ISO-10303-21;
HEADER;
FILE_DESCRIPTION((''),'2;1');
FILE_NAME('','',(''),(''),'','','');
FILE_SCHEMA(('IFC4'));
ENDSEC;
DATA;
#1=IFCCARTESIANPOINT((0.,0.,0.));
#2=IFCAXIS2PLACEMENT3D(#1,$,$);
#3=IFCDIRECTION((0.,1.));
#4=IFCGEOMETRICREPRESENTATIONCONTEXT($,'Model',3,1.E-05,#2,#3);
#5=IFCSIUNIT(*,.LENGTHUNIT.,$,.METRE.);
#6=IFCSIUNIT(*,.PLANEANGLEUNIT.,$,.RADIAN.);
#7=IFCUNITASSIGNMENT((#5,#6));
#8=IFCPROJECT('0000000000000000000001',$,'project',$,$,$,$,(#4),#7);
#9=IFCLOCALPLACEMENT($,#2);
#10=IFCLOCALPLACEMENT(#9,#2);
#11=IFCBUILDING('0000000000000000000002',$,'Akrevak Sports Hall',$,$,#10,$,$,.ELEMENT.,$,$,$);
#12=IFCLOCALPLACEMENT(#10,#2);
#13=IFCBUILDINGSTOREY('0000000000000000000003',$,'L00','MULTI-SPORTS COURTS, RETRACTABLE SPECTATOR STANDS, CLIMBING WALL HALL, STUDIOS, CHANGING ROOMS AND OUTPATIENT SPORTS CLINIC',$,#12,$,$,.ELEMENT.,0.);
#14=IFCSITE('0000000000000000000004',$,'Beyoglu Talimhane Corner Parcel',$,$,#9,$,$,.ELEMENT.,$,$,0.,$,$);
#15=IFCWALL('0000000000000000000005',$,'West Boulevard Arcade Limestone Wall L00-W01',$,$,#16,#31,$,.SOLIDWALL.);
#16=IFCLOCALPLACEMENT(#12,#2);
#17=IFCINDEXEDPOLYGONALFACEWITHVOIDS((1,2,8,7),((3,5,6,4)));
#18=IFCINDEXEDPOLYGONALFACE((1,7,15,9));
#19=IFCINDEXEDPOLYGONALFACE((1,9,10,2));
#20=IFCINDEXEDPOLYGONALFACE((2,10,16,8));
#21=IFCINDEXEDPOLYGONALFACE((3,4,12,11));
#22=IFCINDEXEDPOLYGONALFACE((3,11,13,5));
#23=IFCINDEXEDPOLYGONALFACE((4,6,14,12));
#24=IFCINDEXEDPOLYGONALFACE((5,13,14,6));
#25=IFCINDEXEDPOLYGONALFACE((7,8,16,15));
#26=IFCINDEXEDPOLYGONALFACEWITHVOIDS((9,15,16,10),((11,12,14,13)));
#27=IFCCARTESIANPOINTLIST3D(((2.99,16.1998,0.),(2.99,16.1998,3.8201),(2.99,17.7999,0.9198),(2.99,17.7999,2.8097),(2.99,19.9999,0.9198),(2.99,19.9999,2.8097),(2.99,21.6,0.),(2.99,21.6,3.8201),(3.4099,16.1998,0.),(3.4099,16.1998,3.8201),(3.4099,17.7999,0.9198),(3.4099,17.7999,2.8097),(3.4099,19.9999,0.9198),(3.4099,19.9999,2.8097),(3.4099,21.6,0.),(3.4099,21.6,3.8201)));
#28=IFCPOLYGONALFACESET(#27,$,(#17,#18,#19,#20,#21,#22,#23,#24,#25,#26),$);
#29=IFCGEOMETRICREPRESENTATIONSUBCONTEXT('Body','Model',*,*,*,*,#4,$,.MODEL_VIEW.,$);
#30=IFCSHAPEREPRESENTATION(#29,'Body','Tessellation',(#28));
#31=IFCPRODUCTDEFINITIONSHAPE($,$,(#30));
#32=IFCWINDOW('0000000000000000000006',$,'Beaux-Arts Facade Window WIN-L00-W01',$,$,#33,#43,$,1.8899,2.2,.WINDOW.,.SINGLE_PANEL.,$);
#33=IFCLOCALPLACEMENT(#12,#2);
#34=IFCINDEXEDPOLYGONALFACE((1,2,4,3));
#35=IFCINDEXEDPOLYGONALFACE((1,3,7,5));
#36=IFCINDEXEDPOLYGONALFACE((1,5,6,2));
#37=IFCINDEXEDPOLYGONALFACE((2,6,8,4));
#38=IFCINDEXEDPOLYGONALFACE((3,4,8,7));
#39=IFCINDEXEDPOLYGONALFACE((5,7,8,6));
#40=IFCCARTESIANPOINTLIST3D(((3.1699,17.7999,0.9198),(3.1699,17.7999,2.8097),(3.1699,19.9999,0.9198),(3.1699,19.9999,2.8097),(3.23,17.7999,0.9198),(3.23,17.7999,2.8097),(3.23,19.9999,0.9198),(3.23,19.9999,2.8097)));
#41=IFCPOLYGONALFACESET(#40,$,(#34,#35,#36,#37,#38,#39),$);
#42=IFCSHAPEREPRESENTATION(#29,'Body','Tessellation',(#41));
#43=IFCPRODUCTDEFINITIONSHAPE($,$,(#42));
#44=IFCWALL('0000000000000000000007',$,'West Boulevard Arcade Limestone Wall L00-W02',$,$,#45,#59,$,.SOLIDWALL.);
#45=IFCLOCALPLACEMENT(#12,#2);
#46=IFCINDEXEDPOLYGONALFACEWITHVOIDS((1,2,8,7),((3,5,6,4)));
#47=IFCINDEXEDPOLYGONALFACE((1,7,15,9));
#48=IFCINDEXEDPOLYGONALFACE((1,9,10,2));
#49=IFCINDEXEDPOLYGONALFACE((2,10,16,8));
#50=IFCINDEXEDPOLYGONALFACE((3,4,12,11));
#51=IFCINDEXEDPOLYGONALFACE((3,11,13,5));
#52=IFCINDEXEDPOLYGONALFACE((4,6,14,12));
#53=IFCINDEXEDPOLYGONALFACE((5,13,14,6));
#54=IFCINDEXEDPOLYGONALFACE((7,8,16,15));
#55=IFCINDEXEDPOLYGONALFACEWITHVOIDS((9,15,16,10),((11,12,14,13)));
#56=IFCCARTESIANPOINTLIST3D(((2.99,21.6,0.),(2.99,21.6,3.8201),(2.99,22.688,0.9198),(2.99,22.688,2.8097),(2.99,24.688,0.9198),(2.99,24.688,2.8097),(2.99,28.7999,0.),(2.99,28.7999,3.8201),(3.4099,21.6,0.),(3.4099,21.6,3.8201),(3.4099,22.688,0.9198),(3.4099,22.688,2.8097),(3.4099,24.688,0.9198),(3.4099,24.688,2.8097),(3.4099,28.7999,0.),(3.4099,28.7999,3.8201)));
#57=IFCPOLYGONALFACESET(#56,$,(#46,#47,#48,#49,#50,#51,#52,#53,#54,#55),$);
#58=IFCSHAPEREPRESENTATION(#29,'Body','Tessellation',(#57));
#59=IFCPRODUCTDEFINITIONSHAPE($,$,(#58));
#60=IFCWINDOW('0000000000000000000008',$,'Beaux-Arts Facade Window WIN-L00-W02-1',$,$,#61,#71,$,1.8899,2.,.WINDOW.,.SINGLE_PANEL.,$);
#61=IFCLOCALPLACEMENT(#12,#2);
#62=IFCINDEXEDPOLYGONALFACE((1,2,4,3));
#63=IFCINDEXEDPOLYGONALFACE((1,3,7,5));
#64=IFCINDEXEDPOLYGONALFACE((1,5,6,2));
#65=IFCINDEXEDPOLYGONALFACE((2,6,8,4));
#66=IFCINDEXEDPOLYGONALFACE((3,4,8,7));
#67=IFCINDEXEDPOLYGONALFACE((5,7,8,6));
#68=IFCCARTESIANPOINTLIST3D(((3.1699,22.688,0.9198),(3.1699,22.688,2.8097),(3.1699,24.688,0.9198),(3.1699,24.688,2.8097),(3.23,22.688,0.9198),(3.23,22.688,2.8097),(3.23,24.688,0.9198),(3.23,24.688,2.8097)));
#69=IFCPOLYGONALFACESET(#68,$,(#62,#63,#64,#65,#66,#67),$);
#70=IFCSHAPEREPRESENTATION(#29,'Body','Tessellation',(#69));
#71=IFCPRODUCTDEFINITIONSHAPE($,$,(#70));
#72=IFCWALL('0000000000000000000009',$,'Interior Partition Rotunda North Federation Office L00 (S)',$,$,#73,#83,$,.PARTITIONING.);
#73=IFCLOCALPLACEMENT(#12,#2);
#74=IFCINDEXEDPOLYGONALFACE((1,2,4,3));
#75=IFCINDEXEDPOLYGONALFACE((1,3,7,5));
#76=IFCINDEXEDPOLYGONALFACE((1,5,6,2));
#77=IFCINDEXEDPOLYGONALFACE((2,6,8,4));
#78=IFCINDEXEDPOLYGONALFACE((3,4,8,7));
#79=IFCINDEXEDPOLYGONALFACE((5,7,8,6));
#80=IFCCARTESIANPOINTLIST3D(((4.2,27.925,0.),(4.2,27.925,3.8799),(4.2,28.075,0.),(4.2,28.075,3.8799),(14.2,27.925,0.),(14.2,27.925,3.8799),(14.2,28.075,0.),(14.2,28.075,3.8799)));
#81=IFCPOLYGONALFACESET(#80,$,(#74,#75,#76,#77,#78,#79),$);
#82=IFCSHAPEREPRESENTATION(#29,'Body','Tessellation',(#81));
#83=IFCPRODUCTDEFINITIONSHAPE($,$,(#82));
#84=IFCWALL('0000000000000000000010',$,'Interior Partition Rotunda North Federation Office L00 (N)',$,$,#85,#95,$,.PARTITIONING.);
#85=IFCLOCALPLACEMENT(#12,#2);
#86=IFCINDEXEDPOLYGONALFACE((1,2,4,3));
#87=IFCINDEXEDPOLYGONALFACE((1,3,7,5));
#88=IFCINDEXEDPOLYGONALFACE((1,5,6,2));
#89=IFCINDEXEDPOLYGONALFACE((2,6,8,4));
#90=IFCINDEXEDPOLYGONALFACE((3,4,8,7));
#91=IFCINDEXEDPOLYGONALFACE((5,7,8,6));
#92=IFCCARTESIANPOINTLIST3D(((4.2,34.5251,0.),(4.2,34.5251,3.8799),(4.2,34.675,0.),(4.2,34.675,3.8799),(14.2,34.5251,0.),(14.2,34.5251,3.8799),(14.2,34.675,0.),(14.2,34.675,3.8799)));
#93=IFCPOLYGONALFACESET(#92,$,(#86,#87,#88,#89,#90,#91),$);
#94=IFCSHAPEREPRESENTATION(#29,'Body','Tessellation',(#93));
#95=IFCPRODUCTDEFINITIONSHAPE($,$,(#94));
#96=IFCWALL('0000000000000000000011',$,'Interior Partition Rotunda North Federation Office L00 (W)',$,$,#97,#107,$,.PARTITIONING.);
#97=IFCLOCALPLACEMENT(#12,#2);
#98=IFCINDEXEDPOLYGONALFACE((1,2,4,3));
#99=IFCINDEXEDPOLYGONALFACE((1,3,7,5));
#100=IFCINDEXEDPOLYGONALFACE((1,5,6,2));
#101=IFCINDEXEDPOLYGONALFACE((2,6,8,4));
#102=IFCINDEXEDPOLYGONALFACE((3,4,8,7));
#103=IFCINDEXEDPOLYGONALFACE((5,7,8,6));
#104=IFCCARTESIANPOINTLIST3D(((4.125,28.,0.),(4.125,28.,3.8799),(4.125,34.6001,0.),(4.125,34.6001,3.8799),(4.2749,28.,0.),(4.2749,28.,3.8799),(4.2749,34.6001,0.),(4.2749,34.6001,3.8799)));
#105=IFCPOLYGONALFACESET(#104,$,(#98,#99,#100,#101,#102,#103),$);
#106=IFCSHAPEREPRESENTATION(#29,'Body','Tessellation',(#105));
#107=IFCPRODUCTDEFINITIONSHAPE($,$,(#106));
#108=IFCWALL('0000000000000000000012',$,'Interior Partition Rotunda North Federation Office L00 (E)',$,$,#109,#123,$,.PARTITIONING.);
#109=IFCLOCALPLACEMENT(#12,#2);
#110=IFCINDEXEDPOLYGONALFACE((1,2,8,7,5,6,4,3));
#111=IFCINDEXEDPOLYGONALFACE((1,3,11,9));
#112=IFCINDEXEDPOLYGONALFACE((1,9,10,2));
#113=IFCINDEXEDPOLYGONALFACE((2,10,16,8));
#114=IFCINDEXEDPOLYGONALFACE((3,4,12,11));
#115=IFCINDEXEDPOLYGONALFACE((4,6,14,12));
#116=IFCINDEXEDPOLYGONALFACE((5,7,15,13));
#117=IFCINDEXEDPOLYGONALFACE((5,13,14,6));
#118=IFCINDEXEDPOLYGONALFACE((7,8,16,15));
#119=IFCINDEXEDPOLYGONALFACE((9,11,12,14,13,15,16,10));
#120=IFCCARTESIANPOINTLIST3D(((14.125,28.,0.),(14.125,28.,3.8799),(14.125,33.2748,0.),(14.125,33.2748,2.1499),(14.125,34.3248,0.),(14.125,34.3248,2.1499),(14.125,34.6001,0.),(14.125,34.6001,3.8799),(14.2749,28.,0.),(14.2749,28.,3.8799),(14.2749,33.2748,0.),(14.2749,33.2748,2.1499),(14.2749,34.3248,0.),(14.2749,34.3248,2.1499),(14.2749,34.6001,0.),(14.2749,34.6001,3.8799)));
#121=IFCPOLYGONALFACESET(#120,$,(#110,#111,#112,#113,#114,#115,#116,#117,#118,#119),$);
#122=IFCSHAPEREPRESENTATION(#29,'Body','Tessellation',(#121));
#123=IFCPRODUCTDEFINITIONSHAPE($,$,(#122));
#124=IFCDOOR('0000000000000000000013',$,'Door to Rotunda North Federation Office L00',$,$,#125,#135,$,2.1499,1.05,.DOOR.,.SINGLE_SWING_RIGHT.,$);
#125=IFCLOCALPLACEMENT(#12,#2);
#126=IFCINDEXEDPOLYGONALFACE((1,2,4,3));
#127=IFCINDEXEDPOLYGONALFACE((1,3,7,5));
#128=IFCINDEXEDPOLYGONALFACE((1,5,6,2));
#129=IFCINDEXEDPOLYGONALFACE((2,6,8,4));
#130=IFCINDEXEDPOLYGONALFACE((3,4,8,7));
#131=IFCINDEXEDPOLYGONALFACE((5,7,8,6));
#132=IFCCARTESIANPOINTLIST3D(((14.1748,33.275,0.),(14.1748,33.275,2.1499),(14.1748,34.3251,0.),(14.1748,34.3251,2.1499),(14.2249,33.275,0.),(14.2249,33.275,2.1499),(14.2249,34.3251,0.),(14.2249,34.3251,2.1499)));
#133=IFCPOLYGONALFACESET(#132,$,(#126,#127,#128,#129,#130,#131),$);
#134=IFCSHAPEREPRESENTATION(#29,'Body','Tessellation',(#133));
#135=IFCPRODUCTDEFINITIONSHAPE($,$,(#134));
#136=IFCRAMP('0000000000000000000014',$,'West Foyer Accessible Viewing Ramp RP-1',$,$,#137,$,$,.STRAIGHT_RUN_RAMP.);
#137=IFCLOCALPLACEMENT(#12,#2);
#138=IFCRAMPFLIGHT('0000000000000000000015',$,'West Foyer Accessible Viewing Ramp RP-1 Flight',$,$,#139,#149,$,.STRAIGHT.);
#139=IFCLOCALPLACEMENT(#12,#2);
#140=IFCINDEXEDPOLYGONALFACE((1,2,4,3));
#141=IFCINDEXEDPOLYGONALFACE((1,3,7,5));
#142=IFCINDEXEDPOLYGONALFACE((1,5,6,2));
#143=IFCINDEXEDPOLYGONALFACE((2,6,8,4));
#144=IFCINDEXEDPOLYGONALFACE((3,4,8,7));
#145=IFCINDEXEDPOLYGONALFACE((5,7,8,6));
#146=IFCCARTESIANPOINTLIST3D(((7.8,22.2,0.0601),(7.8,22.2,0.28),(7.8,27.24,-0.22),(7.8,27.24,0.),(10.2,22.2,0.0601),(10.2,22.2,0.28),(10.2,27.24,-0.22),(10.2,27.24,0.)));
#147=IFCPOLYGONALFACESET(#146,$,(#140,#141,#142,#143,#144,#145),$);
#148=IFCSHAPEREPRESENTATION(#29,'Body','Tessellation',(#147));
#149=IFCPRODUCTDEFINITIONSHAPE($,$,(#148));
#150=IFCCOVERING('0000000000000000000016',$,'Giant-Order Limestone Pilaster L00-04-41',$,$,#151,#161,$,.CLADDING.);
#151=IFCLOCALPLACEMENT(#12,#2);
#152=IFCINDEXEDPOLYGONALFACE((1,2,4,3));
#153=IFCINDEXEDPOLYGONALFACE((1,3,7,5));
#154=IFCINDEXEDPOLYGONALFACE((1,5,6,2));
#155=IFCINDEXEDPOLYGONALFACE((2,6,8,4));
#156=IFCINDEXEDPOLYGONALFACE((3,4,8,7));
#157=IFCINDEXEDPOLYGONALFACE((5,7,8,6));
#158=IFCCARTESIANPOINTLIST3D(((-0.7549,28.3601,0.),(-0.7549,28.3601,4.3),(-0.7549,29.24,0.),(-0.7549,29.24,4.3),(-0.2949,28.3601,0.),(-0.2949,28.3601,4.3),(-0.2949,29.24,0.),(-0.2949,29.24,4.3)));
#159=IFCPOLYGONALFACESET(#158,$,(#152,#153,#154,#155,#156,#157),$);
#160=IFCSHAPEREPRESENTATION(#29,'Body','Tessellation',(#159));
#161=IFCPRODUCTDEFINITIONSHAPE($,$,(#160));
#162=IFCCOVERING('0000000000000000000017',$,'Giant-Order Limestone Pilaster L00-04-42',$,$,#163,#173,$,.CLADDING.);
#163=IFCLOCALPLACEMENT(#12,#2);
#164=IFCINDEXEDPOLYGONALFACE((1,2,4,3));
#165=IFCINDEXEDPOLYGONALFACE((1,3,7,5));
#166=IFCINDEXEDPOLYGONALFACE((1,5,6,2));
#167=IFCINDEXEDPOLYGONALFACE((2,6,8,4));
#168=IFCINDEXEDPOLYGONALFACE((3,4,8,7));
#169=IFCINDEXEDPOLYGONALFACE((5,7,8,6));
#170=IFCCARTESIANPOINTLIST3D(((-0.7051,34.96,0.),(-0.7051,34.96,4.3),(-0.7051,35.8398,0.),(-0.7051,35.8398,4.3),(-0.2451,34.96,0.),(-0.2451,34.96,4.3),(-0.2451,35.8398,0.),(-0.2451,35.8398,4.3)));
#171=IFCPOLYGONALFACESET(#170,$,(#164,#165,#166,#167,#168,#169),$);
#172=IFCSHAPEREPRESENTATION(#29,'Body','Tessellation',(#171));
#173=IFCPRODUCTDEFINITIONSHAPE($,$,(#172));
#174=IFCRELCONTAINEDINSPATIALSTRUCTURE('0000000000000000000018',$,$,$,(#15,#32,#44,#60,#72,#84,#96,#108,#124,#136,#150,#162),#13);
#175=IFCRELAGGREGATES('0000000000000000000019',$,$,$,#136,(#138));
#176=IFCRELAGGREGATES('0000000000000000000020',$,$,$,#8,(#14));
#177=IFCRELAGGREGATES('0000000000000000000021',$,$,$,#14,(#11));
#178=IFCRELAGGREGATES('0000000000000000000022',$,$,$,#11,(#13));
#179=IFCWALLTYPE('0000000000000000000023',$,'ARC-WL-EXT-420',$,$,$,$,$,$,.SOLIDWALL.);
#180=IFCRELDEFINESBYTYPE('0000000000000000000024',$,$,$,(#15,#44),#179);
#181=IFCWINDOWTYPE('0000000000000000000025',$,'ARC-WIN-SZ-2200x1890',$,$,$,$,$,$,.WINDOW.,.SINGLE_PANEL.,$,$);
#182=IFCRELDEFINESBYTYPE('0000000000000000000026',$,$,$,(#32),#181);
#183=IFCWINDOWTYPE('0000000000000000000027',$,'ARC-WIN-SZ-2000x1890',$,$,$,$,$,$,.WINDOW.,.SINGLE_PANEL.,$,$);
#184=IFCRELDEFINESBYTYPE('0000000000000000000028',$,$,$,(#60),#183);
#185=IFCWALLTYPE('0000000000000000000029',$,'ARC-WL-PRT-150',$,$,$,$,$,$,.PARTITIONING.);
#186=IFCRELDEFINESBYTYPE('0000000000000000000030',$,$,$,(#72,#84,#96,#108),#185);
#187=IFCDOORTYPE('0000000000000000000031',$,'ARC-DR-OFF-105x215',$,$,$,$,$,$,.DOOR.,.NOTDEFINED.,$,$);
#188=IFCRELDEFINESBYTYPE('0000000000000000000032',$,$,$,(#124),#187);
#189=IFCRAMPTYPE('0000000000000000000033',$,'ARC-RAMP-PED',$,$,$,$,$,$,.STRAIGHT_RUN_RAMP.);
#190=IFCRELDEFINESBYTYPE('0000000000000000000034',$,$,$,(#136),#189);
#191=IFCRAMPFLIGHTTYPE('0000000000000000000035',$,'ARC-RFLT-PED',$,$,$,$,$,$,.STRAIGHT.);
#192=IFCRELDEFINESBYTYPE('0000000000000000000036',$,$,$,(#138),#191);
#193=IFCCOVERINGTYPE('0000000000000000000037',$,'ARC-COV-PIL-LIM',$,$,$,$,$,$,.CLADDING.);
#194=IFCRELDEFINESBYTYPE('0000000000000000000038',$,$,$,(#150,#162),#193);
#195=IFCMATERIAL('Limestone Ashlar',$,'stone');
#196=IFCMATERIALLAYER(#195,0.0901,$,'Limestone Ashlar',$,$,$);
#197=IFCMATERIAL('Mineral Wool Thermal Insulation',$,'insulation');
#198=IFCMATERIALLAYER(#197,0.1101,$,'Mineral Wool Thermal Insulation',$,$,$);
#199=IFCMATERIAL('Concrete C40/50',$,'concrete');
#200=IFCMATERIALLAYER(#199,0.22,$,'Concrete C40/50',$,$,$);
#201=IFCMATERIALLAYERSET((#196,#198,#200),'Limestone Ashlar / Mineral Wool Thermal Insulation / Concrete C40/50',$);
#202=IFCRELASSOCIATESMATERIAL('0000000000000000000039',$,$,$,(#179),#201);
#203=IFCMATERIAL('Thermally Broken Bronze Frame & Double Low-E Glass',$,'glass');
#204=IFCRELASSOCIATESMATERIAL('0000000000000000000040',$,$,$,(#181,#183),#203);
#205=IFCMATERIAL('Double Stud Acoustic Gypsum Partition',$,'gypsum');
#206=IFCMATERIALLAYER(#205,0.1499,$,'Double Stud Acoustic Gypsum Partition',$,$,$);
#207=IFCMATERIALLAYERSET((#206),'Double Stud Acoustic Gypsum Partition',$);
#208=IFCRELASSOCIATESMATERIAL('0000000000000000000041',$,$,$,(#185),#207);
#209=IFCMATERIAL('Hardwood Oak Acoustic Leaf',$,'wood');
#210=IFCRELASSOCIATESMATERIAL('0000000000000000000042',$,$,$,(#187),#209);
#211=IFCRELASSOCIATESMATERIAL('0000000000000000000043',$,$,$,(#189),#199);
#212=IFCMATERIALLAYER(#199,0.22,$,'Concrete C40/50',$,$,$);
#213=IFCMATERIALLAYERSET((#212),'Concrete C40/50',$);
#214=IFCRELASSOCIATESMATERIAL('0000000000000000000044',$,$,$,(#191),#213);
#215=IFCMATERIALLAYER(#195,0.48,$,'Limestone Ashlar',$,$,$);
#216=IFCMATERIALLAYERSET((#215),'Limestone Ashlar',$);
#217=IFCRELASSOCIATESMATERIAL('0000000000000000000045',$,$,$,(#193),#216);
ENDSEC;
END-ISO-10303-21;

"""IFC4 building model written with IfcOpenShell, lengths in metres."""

from ifc_helpers import new_model, si_unit, direction, frame, frame_2d, origin, origin_2d, place, context, subcontext, project, spatial, polyline, rectangle, outline, extrude, material, layer, layer_set, type_object, element, fill, aggregate, save


model = new_model("IFC4")

# Units and contexts
model_context = context("Model", 3, precision=1e-05, world=origin(), true_north=direction((0.0, 1.0)))
body_context = subcontext(model_context, "Body", "Model", "MODEL_VIEW")
ifc_project = project(units=[si_unit("LENGTHUNIT", "METRE"), si_unit("PLANEANGLEUNIT", "RADIAN")], contexts=[model_context])

# Site, building, storey
site_placement = place(None, origin())
site = spatial("IfcSite", under=ifc_project, at=site_placement, Name="Beyoglu Talimhane Corner Parcel", CompositionType="ELEMENT", RefElevation=0.0)
building_placement = place(site_placement, origin())
building = spatial("IfcBuilding", under=site, at=building_placement, Name="Akrevak Sports Hall", CompositionType="ELEMENT")
storey_placement = place(building_placement, origin())
storey = spatial("IfcBuildingStorey", under=building, at=storey_placement, Name="L00", Description="MULTI-SPORTS COURTS, RETRACTABLE SPECTATOR STANDS, CLIMBING WALL HALL, STUDIOS, CHANGING ROOMS AND OUTPATIENT SPORTS CLINIC", CompositionType="ELEMENT", Elevation=0.0)

# Shared definitions
ifc_material_1 = material(Name="Concrete C40/50", Category="concrete")

# Walls, openings, windows
ifc_material_2 = material(Name="Limestone Ashlar", Category="stone")
ifc_layer_1 = layer(ifc_material_2, 0.0901, Name="Limestone Ashlar")
ifc_material_3 = material(Name="Mineral Wool Thermal Insulation", Category="insulation")
ifc_layer_2 = layer(ifc_material_3, 0.1101, Name="Mineral Wool Thermal Insulation")
ifc_layer_3 = layer(ifc_material_1, 0.22, Name="Concrete C40/50")
ifc_layer_set_1 = layer_set([ifc_layer_1, ifc_layer_2, ifc_layer_3], Name="Limestone Ashlar / Mineral Wool Thermal Insulation / Concrete C40/50")
wall_type_1 = type_object("IfcWallType", Name="ARC-WL-EXT-420", PredefinedType="SOLIDWALL", material=ifc_layer_set_1)
wall_1_placement = place(storey_placement, frame((3.2, 21.6001, 0.0), z_axis=(0.0, 0.0, 1.0), x_axis=(0.0, -1.0, 0.0)))
wall_1 = element("IfcWall", 1, at=wall_1_placement, inside=storey, type_object=wall_type_1, Name="West Boulevard Arcade Limestone Wall L00-W01", PredefinedType="SOLIDWALL", context=body_context, shape_type="SweptSolid", body=[
    extrude(rectangle(XDim=5.4001, YDim=0.4199, at=frame_2d((2.7002, 0.0))), origin(), (0.0, 0.0, 1.0), 3.8201),
])
opening_1_placement = place(wall_1_placement, frame((1.6001, 0.0, 0.9199)))
opening_1 = element("IfcOpeningElement", 2, at=opening_1_placement, cuts=wall_1, PredefinedType="OPENING", context=body_context, shape_type="SweptSolid", body=[
    extrude(rectangle(XDim=2.2, YDim=1.8899, at=frame_2d((1.1001, 0.9448))), frame((0.0, 0.2219, 0.0), z_axis=(0.0, -1.0, 0.0), x_axis=(1.0, 0.0, 0.0)), (0.0, 0.0, 1.0), 0.4438),
])
ifc_material_4 = material(Name="Thermally Broken Bronze Frame & Double Low-E Glass", Category="glass")
window_type_1 = type_object("IfcWindowType", Name="ARC-WIN-SZ-2200x1890", PartitioningType="SINGLE_PANEL", PredefinedType="WINDOW", material=ifc_material_4)
window_1_placement = place(opening_1_placement, origin())
window_1 = element("IfcWindow", 3, at=window_1_placement, inside=storey, type_object=window_type_1, Name="Beaux-Arts Facade Window WIN-L00-W01", OverallHeight=1.8899, OverallWidth=2.2, PartitioningType="SINGLE_PANEL", PredefinedType="WINDOW", context=body_context, shape_type="SweptSolid", body=[
    extrude(rectangle(XDim=2.2, YDim=1.8899, at=frame_2d((1.1001, 0.9448))), frame((0.0, 0.03, 0.0), z_axis=(0.0, -1.0, 0.0), x_axis=(1.0, 0.0, 0.0)), (0.0, 0.0, 1.0), 0.0601),
])
fill(opening_1, window_1)
wall_2_placement = place(storey_placement, frame((3.2, 28.8, 0.0), z_axis=(0.0, 0.0, 1.0), x_axis=(0.0, -1.0, 0.0)))
wall_2 = element("IfcWall", 4, at=wall_2_placement, inside=storey, type_object=wall_type_1, Name="West Boulevard Arcade Limestone Wall L00-W02", PredefinedType="SOLIDWALL", context=body_context, shape_type="SweptSolid", body=[
    extrude(rectangle(XDim=7.2, YDim=0.4199, at=frame_2d((3.6001, 0.0))), origin(), (0.0, 0.0, 1.0), 3.8201),
])
opening_2_placement = place(wall_2_placement, frame((4.1121, 0.0, 0.9199)))
opening_2 = element("IfcOpeningElement", 5, at=opening_2_placement, cuts=wall_2, PredefinedType="OPENING", context=body_context, shape_type="SweptSolid", body=[
    extrude(rectangle(XDim=2.0, YDim=1.8899, at=frame_2d((1.0, 0.9448))), frame((0.0, 0.2219, 0.0), z_axis=(0.0, -1.0, 0.0), x_axis=(1.0, 0.0, 0.0)), (0.0, 0.0, 1.0), 0.4438),
])
window_type_2 = type_object("IfcWindowType", Name="ARC-WIN-SZ-2000x1890", PartitioningType="SINGLE_PANEL", PredefinedType="WINDOW", material=ifc_material_4)
window_2_placement = place(opening_2_placement, origin())
window_2 = element("IfcWindow", 6, at=window_2_placement, inside=storey, type_object=window_type_2, Name="Beaux-Arts Facade Window WIN-L00-W02-1", OverallHeight=1.8899, OverallWidth=2.0, PartitioningType="SINGLE_PANEL", PredefinedType="WINDOW", context=body_context, shape_type="SweptSolid", body=[
    extrude(rectangle(XDim=2.0, YDim=1.8899, at=frame_2d((1.0, 0.9448))), frame((0.0, 0.03, 0.0), z_axis=(0.0, -1.0, 0.0), x_axis=(1.0, 0.0, 0.0)), (0.0, 0.0, 1.0), 0.0601),
])
fill(opening_2, window_2)

# Walls
ifc_material_5 = material(Name="Double Stud Acoustic Gypsum Partition", Category="gypsum")
ifc_layer_4 = layer(ifc_material_5, 0.1499, Name="Double Stud Acoustic Gypsum Partition")
ifc_layer_set_2 = layer_set([ifc_layer_4], Name="Double Stud Acoustic Gypsum Partition")
wall_type_2 = type_object("IfcWallType", Name="ARC-WL-PRT-150", PredefinedType="PARTITIONING", material=ifc_layer_set_2)
for number, where, z_axis, x_axis, name in (
    (7, (4.2, 28.0, 0.0), (0.0, 0.0, 1.0), (1.0, 0.0, 0.0), "Interior Partition Rotunda North Federation Office L00 (S)"),
    (8, (4.2, 34.6001, 0.0), (0.0, 0.0, 1.0), (1.0, 0.0, 0.0), "Interior Partition Rotunda North Federation Office L00 (N)"),
):
    element("IfcWall", number, at=place(storey_placement, frame(where, z_axis=z_axis, x_axis=x_axis)), inside=storey, type_object=wall_type_2, Name=name, PredefinedType="PARTITIONING", context=body_context, shape_type="SweptSolid", body=[
        extrude(rectangle(XDim=10.0, YDim=0.1499, at=frame_2d((5.0, 0.0))), origin(), (0.0, 0.0, 1.0), 3.8799),
    ])
wall_3_placement = place(storey_placement, frame((4.2, 28.0, 0.0), z_axis=(0.0, 0.0, 1.0), x_axis=(0.0, 1.0, 0.0)))
element("IfcWall", 9, at=wall_3_placement, inside=storey, type_object=wall_type_2, Name="Interior Partition Rotunda North Federation Office L00 (W)", PredefinedType="PARTITIONING", context=body_context, shape_type="SweptSolid", body=[
    extrude(rectangle(XDim=6.6001, YDim=0.1499, at=frame_2d((3.3, 0.0))), origin(), (0.0, 0.0, 1.0), 3.8799),
])

# Wall, opening, door
wall_4_placement = place(storey_placement, frame((14.2, 28.0, 0.0), z_axis=(0.0, 0.0, 1.0), x_axis=(0.0, 1.0, 0.0)))
wall_4 = element("IfcWall", 10, at=wall_4_placement, inside=storey, type_object=wall_type_2, Name="Interior Partition Rotunda North Federation Office L00 (E)", PredefinedType="PARTITIONING", context=body_context, shape_type="SweptSolid", body=[
    extrude(rectangle(XDim=6.6001, YDim=0.1499, at=frame_2d((3.3, 0.0))), origin(), (0.0, 0.0, 1.0), 3.8799),
])
opening_3_placement = place(wall_4_placement, frame((5.2749, 0.0, 0.0)))
opening_3 = element("IfcOpeningElement", 11, at=opening_3_placement, cuts=wall_4, PredefinedType="OPENING", context=body_context, shape_type="SweptSolid", body=[
    extrude(rectangle(XDim=1.05, YDim=2.1499, at=frame_2d((0.5249, 1.075))), frame((0.0, 0.0869, 0.0), z_axis=(0.0, -1.0, 0.0), x_axis=(1.0, 0.0, 0.0)), (0.0, 0.0, 1.0), 0.1738),
])
ifc_material_6 = material(Name="Hardwood Oak Acoustic Leaf", Category="wood")
door_type = type_object("IfcDoorType", Name="ARC-DR-OFF-105x215", OperationType="NOTDEFINED", PredefinedType="DOOR", material=ifc_material_6)
door_placement = place(opening_3_placement, frame((1.05, 0.0, 0.0), z_axis=(0.0, 0.0, 1.0), x_axis=(-1.0, 0.0, 0.0)))
door = element("IfcDoor", 12, at=door_placement, inside=storey, type_object=door_type, Name="Door to Rotunda North Federation Office L00", OperationType="SINGLE_SWING_RIGHT", OverallHeight=2.1499, OverallWidth=1.05, PredefinedType="DOOR", context=body_context, shape_type="SweptSolid", body=[
    extrude(rectangle(XDim=1.05, YDim=2.1499, at=frame_2d((0.5249, 1.075))), frame((0.0, 0.0249, 0.0), z_axis=(0.0, -1.0, 0.0), x_axis=(1.0, 0.0, 0.0)), (0.0, 0.0, 1.0), 0.05),
])
fill(opening_3, door)

# Ramp, ramp flight
ramp_type = type_object("IfcRampType", Name="ARC-RAMP-PED", PredefinedType="STRAIGHT_RUN_RAMP", material=ifc_material_1)
ramp_placement = place(storey_placement, origin())
ramp = element("IfcRamp", 13, at=ramp_placement, inside=storey, type_object=ramp_type, Name="West Foyer Accessible Viewing Ramp RP-1", PredefinedType="STRAIGHT_RUN_RAMP")
ifc_layer_5 = layer(ifc_material_1, 0.22, Name="Concrete C40/50")
ifc_layer_set_3 = layer_set([ifc_layer_5], Name="Concrete C40/50")
ramp_flight_type = type_object("IfcRampFlightType", Name="ARC-RFLT-PED", PredefinedType="STRAIGHT", material=ifc_layer_set_3)
ramp_flight_placement = place(storey_placement, frame((9.0, 27.24, 0.0), z_axis=(0.0, 0.0, 1.0), x_axis=(0.0, -1.0, 0.0)))
ramp_flight = element("IfcRampFlight", 14, at=ramp_flight_placement, type_object=ramp_flight_type, Name="West Foyer Accessible Viewing Ramp RP-1 Flight", PredefinedType="STRAIGHT", context=body_context, shape_type="SweptSolid", body=[
    extrude(outline(polyline([(0.0, 0.0), (5.04, 0.28), (5.04, 0.0601), (0.0, -0.22), (0.0, 0.0)])), frame((0.0, 1.2, 0.0), z_axis=(0.0, -1.0, 0.0), x_axis=(1.0, 0.0, 0.0)), (0.0, 0.0, 1.0), 2.3999),
])
aggregate(ramp, [ramp_flight])

# Coverings
ifc_layer_6 = layer(ifc_material_2, 0.48, Name="Limestone Ashlar")
ifc_layer_set_4 = layer_set([ifc_layer_6], Name="Limestone Ashlar")
covering_type = type_object("IfcCoveringType", Name="ARC-COV-PIL-LIM", PredefinedType="CLADDING", material=ifc_layer_set_4)
for number, where, z_axis, x_axis, name in (
    (15, (-0.5249, 28.8, 0.0), (0.0, 0.0, 1.0), (0.0, -1.0, 0.0), "Giant-Order Limestone Pilaster L00-04-41"),
    (16, (-0.4751, 35.3999, 0.0), (0.0, 0.0, 1.0), (0.0, -1.0, 0.0), "Giant-Order Limestone Pilaster L00-04-42"),
):
    element("IfcCovering", number, at=place(storey_placement, frame(where, z_axis=z_axis, x_axis=x_axis)), inside=storey, type_object=covering_type, Name=name, PredefinedType="CLADDING", context=body_context, shape_type="SweptSolid", body=[
        extrude(rectangle(XDim=0.8799, YDim=0.46, at=origin_2d()), origin(), (0.0, 0.0, 1.0), 4.3),
    ])

save(model, "model.ifc")
